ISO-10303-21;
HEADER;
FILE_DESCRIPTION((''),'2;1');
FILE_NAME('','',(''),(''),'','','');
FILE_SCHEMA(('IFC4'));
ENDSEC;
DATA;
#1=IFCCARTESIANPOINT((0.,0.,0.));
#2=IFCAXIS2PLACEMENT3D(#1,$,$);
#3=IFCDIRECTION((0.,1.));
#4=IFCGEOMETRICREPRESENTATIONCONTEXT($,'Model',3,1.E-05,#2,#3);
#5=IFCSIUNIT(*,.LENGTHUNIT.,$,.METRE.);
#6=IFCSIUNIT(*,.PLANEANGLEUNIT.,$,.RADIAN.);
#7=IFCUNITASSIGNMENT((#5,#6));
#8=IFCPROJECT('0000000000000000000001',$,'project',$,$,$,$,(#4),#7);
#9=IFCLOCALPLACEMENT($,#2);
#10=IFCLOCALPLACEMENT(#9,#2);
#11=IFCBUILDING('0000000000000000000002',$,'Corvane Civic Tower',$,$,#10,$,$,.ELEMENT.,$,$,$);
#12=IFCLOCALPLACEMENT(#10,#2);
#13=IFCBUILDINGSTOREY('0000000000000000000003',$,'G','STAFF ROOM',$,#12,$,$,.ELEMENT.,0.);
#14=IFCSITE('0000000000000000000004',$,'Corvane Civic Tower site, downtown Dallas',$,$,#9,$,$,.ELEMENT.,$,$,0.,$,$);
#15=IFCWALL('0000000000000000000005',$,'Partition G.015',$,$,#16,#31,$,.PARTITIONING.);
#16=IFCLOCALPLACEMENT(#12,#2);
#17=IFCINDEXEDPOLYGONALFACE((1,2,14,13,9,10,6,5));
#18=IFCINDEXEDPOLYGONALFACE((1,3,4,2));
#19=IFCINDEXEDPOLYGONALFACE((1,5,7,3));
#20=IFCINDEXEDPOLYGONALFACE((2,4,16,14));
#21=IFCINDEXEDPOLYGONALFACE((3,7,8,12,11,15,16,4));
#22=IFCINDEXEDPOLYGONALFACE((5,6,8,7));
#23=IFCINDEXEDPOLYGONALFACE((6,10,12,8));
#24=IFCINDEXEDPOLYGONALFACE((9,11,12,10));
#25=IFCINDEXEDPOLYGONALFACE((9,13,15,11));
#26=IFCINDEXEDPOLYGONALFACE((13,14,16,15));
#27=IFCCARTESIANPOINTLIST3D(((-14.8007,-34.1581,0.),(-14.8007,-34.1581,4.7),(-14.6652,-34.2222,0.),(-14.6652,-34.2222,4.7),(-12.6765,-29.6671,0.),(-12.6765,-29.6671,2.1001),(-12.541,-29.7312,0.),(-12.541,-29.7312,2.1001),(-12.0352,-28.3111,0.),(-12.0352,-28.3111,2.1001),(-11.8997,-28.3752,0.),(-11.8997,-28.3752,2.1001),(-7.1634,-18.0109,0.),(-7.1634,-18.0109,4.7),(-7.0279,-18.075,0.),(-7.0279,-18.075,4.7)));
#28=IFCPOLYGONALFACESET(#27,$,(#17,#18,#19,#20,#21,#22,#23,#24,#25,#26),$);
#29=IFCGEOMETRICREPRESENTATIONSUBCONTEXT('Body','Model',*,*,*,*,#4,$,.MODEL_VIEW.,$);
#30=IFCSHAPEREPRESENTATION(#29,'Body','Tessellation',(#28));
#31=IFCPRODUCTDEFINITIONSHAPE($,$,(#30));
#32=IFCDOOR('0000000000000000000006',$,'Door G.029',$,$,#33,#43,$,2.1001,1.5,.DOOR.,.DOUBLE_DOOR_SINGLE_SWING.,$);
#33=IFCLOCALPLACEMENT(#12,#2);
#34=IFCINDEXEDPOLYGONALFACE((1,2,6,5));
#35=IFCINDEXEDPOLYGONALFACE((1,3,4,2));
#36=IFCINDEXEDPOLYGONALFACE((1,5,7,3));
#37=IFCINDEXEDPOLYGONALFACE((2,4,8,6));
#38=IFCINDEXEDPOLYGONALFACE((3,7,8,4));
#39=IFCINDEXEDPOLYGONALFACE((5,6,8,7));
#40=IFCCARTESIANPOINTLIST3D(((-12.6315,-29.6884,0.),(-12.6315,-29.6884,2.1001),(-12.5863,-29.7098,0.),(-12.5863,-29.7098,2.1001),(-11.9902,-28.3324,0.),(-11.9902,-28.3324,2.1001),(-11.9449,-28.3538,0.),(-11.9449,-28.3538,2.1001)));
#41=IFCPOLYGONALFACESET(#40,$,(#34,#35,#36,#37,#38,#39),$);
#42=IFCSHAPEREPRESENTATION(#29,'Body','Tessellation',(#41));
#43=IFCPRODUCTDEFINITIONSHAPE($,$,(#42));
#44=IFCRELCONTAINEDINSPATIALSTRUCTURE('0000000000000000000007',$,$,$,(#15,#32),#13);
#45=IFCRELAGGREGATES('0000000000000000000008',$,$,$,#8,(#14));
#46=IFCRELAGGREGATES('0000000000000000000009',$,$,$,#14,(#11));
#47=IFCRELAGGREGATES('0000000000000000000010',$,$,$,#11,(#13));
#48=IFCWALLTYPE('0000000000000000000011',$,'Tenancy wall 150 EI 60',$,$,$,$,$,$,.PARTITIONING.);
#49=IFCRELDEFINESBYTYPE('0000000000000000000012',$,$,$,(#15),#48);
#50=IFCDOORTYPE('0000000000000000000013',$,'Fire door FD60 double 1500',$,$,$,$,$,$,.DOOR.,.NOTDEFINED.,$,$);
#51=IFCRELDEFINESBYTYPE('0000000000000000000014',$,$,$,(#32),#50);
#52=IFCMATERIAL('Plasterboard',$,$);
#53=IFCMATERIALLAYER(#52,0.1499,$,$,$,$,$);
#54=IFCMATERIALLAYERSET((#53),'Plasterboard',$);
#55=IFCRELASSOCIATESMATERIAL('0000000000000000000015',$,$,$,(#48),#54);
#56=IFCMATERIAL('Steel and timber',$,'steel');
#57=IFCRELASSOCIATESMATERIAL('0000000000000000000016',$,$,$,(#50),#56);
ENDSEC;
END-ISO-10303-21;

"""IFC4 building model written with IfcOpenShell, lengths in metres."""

from ifc_helpers import new_model, si_unit, direction, frame, frame_2d, origin, place, context, subcontext, project, spatial, rectangle, extrude, material, layer, layer_set, type_object, element, fill, save


model = new_model("IFC4")

# Units and contexts
model_context = context("Model", 3, precision=1e-05, world=origin(), true_north=direction((0.0, 1.0)))
body_context = subcontext(model_context, "Body", "Model", "MODEL_VIEW")
ifc_project = project(units=[si_unit("LENGTHUNIT", "METRE"), si_unit("PLANEANGLEUNIT", "RADIAN")], contexts=[model_context])

# Site, building, storey
site_placement = place(None, origin())
site = spatial("IfcSite", under=ifc_project, at=site_placement, Name="Corvane Civic Tower site, downtown Dallas", CompositionType="ELEMENT", RefElevation=0.0)
building_placement = place(site_placement, origin())
building = spatial("IfcBuilding", under=site, at=building_placement, Name="Corvane Civic Tower", CompositionType="ELEMENT")
storey_placement = place(building_placement, origin())
storey = spatial("IfcBuildingStorey", under=building, at=storey_placement, Name="G", Description="STAFF ROOM", CompositionType="ELEMENT", Elevation=0.0)

# Wall, opening, door
ifc_material_1 = material(Name="Plasterboard")
ifc_layer_1 = layer(ifc_material_1, 0.1499)
ifc_layer_set_1 = layer_set([ifc_layer_1], Name="Plasterboard")
wall_type_1 = type_object("IfcWallType", Name="Tenancy wall 150 EI 60", PredefinedType="PARTITIONING", material=ifc_layer_set_1)
wall_1_placement = place(storey_placement, frame((-14.7329, -34.1902, 0.0), z_axis=(0.0, 0.0, 1.0), x_axis=(0.427562, 0.903986, 0.0)))
wall_1 = element("IfcWall", 1, at=wall_1_placement, inside=storey, type_object=wall_type_1, Name="Partition G.015", PredefinedType="PARTITIONING", context=body_context, shape_type="SweptSolid", body=[
    extrude(rectangle(XDim=17.8623, YDim=0.1499, at=frame_2d((8.9312, 0.0))), origin(), (0.0, 0.0, 1.0), 4.7),
])
opening_1_placement = place(wall_1_placement, frame((4.968, 0.0, 0.0)))
opening_1 = element("IfcOpeningElement", 2, at=opening_1_placement, cuts=wall_1, PredefinedType="OPENING", context=body_context, shape_type="SweptSolid", body=[
    extrude(rectangle(XDim=1.5, YDim=2.1001, at=frame_2d((0.75, 1.05))), frame((0.0, 0.085, 0.0), z_axis=(0.0, -1.0, 0.0), x_axis=(1.0, 0.0, 0.0)), (0.0, 0.0, 1.0), 0.1699),
])
ifc_material_2 = material(Name="Steel and timber", Category="steel")
door_type_1 = type_object("IfcDoorType", Name="Fire door FD60 double 1500", OperationType="NOTDEFINED", PredefinedType="DOOR", material=ifc_material_2)
door_1_placement = place(opening_1_placement, frame((1.5, 0.0, 0.0), z_axis=(0.0, 0.0, 1.0), x_axis=(-1.0, 0.0, 0.0)))
door_1 = element("IfcDoor", 3, at=door_1_placement, inside=storey, type_object=door_type_1, Name="Door G.029", OperationType="DOUBLE_DOOR_SINGLE_SWING", OverallHeight=2.1001, OverallWidth=1.5, PredefinedType="DOOR", context=body_context, shape_type="SweptSolid", body=[
    extrude(rectangle(XDim=1.5, YDim=2.1001, at=frame_2d((0.75, 1.05))), frame((0.0, 0.0249, 0.0), z_axis=(0.0, -1.0, 0.0), x_axis=(1.0, 0.0, 0.0)), (0.0, 0.0, 1.0), 0.05),
])
fill(opening_1, door_1)

save(model, "model.ifc")
